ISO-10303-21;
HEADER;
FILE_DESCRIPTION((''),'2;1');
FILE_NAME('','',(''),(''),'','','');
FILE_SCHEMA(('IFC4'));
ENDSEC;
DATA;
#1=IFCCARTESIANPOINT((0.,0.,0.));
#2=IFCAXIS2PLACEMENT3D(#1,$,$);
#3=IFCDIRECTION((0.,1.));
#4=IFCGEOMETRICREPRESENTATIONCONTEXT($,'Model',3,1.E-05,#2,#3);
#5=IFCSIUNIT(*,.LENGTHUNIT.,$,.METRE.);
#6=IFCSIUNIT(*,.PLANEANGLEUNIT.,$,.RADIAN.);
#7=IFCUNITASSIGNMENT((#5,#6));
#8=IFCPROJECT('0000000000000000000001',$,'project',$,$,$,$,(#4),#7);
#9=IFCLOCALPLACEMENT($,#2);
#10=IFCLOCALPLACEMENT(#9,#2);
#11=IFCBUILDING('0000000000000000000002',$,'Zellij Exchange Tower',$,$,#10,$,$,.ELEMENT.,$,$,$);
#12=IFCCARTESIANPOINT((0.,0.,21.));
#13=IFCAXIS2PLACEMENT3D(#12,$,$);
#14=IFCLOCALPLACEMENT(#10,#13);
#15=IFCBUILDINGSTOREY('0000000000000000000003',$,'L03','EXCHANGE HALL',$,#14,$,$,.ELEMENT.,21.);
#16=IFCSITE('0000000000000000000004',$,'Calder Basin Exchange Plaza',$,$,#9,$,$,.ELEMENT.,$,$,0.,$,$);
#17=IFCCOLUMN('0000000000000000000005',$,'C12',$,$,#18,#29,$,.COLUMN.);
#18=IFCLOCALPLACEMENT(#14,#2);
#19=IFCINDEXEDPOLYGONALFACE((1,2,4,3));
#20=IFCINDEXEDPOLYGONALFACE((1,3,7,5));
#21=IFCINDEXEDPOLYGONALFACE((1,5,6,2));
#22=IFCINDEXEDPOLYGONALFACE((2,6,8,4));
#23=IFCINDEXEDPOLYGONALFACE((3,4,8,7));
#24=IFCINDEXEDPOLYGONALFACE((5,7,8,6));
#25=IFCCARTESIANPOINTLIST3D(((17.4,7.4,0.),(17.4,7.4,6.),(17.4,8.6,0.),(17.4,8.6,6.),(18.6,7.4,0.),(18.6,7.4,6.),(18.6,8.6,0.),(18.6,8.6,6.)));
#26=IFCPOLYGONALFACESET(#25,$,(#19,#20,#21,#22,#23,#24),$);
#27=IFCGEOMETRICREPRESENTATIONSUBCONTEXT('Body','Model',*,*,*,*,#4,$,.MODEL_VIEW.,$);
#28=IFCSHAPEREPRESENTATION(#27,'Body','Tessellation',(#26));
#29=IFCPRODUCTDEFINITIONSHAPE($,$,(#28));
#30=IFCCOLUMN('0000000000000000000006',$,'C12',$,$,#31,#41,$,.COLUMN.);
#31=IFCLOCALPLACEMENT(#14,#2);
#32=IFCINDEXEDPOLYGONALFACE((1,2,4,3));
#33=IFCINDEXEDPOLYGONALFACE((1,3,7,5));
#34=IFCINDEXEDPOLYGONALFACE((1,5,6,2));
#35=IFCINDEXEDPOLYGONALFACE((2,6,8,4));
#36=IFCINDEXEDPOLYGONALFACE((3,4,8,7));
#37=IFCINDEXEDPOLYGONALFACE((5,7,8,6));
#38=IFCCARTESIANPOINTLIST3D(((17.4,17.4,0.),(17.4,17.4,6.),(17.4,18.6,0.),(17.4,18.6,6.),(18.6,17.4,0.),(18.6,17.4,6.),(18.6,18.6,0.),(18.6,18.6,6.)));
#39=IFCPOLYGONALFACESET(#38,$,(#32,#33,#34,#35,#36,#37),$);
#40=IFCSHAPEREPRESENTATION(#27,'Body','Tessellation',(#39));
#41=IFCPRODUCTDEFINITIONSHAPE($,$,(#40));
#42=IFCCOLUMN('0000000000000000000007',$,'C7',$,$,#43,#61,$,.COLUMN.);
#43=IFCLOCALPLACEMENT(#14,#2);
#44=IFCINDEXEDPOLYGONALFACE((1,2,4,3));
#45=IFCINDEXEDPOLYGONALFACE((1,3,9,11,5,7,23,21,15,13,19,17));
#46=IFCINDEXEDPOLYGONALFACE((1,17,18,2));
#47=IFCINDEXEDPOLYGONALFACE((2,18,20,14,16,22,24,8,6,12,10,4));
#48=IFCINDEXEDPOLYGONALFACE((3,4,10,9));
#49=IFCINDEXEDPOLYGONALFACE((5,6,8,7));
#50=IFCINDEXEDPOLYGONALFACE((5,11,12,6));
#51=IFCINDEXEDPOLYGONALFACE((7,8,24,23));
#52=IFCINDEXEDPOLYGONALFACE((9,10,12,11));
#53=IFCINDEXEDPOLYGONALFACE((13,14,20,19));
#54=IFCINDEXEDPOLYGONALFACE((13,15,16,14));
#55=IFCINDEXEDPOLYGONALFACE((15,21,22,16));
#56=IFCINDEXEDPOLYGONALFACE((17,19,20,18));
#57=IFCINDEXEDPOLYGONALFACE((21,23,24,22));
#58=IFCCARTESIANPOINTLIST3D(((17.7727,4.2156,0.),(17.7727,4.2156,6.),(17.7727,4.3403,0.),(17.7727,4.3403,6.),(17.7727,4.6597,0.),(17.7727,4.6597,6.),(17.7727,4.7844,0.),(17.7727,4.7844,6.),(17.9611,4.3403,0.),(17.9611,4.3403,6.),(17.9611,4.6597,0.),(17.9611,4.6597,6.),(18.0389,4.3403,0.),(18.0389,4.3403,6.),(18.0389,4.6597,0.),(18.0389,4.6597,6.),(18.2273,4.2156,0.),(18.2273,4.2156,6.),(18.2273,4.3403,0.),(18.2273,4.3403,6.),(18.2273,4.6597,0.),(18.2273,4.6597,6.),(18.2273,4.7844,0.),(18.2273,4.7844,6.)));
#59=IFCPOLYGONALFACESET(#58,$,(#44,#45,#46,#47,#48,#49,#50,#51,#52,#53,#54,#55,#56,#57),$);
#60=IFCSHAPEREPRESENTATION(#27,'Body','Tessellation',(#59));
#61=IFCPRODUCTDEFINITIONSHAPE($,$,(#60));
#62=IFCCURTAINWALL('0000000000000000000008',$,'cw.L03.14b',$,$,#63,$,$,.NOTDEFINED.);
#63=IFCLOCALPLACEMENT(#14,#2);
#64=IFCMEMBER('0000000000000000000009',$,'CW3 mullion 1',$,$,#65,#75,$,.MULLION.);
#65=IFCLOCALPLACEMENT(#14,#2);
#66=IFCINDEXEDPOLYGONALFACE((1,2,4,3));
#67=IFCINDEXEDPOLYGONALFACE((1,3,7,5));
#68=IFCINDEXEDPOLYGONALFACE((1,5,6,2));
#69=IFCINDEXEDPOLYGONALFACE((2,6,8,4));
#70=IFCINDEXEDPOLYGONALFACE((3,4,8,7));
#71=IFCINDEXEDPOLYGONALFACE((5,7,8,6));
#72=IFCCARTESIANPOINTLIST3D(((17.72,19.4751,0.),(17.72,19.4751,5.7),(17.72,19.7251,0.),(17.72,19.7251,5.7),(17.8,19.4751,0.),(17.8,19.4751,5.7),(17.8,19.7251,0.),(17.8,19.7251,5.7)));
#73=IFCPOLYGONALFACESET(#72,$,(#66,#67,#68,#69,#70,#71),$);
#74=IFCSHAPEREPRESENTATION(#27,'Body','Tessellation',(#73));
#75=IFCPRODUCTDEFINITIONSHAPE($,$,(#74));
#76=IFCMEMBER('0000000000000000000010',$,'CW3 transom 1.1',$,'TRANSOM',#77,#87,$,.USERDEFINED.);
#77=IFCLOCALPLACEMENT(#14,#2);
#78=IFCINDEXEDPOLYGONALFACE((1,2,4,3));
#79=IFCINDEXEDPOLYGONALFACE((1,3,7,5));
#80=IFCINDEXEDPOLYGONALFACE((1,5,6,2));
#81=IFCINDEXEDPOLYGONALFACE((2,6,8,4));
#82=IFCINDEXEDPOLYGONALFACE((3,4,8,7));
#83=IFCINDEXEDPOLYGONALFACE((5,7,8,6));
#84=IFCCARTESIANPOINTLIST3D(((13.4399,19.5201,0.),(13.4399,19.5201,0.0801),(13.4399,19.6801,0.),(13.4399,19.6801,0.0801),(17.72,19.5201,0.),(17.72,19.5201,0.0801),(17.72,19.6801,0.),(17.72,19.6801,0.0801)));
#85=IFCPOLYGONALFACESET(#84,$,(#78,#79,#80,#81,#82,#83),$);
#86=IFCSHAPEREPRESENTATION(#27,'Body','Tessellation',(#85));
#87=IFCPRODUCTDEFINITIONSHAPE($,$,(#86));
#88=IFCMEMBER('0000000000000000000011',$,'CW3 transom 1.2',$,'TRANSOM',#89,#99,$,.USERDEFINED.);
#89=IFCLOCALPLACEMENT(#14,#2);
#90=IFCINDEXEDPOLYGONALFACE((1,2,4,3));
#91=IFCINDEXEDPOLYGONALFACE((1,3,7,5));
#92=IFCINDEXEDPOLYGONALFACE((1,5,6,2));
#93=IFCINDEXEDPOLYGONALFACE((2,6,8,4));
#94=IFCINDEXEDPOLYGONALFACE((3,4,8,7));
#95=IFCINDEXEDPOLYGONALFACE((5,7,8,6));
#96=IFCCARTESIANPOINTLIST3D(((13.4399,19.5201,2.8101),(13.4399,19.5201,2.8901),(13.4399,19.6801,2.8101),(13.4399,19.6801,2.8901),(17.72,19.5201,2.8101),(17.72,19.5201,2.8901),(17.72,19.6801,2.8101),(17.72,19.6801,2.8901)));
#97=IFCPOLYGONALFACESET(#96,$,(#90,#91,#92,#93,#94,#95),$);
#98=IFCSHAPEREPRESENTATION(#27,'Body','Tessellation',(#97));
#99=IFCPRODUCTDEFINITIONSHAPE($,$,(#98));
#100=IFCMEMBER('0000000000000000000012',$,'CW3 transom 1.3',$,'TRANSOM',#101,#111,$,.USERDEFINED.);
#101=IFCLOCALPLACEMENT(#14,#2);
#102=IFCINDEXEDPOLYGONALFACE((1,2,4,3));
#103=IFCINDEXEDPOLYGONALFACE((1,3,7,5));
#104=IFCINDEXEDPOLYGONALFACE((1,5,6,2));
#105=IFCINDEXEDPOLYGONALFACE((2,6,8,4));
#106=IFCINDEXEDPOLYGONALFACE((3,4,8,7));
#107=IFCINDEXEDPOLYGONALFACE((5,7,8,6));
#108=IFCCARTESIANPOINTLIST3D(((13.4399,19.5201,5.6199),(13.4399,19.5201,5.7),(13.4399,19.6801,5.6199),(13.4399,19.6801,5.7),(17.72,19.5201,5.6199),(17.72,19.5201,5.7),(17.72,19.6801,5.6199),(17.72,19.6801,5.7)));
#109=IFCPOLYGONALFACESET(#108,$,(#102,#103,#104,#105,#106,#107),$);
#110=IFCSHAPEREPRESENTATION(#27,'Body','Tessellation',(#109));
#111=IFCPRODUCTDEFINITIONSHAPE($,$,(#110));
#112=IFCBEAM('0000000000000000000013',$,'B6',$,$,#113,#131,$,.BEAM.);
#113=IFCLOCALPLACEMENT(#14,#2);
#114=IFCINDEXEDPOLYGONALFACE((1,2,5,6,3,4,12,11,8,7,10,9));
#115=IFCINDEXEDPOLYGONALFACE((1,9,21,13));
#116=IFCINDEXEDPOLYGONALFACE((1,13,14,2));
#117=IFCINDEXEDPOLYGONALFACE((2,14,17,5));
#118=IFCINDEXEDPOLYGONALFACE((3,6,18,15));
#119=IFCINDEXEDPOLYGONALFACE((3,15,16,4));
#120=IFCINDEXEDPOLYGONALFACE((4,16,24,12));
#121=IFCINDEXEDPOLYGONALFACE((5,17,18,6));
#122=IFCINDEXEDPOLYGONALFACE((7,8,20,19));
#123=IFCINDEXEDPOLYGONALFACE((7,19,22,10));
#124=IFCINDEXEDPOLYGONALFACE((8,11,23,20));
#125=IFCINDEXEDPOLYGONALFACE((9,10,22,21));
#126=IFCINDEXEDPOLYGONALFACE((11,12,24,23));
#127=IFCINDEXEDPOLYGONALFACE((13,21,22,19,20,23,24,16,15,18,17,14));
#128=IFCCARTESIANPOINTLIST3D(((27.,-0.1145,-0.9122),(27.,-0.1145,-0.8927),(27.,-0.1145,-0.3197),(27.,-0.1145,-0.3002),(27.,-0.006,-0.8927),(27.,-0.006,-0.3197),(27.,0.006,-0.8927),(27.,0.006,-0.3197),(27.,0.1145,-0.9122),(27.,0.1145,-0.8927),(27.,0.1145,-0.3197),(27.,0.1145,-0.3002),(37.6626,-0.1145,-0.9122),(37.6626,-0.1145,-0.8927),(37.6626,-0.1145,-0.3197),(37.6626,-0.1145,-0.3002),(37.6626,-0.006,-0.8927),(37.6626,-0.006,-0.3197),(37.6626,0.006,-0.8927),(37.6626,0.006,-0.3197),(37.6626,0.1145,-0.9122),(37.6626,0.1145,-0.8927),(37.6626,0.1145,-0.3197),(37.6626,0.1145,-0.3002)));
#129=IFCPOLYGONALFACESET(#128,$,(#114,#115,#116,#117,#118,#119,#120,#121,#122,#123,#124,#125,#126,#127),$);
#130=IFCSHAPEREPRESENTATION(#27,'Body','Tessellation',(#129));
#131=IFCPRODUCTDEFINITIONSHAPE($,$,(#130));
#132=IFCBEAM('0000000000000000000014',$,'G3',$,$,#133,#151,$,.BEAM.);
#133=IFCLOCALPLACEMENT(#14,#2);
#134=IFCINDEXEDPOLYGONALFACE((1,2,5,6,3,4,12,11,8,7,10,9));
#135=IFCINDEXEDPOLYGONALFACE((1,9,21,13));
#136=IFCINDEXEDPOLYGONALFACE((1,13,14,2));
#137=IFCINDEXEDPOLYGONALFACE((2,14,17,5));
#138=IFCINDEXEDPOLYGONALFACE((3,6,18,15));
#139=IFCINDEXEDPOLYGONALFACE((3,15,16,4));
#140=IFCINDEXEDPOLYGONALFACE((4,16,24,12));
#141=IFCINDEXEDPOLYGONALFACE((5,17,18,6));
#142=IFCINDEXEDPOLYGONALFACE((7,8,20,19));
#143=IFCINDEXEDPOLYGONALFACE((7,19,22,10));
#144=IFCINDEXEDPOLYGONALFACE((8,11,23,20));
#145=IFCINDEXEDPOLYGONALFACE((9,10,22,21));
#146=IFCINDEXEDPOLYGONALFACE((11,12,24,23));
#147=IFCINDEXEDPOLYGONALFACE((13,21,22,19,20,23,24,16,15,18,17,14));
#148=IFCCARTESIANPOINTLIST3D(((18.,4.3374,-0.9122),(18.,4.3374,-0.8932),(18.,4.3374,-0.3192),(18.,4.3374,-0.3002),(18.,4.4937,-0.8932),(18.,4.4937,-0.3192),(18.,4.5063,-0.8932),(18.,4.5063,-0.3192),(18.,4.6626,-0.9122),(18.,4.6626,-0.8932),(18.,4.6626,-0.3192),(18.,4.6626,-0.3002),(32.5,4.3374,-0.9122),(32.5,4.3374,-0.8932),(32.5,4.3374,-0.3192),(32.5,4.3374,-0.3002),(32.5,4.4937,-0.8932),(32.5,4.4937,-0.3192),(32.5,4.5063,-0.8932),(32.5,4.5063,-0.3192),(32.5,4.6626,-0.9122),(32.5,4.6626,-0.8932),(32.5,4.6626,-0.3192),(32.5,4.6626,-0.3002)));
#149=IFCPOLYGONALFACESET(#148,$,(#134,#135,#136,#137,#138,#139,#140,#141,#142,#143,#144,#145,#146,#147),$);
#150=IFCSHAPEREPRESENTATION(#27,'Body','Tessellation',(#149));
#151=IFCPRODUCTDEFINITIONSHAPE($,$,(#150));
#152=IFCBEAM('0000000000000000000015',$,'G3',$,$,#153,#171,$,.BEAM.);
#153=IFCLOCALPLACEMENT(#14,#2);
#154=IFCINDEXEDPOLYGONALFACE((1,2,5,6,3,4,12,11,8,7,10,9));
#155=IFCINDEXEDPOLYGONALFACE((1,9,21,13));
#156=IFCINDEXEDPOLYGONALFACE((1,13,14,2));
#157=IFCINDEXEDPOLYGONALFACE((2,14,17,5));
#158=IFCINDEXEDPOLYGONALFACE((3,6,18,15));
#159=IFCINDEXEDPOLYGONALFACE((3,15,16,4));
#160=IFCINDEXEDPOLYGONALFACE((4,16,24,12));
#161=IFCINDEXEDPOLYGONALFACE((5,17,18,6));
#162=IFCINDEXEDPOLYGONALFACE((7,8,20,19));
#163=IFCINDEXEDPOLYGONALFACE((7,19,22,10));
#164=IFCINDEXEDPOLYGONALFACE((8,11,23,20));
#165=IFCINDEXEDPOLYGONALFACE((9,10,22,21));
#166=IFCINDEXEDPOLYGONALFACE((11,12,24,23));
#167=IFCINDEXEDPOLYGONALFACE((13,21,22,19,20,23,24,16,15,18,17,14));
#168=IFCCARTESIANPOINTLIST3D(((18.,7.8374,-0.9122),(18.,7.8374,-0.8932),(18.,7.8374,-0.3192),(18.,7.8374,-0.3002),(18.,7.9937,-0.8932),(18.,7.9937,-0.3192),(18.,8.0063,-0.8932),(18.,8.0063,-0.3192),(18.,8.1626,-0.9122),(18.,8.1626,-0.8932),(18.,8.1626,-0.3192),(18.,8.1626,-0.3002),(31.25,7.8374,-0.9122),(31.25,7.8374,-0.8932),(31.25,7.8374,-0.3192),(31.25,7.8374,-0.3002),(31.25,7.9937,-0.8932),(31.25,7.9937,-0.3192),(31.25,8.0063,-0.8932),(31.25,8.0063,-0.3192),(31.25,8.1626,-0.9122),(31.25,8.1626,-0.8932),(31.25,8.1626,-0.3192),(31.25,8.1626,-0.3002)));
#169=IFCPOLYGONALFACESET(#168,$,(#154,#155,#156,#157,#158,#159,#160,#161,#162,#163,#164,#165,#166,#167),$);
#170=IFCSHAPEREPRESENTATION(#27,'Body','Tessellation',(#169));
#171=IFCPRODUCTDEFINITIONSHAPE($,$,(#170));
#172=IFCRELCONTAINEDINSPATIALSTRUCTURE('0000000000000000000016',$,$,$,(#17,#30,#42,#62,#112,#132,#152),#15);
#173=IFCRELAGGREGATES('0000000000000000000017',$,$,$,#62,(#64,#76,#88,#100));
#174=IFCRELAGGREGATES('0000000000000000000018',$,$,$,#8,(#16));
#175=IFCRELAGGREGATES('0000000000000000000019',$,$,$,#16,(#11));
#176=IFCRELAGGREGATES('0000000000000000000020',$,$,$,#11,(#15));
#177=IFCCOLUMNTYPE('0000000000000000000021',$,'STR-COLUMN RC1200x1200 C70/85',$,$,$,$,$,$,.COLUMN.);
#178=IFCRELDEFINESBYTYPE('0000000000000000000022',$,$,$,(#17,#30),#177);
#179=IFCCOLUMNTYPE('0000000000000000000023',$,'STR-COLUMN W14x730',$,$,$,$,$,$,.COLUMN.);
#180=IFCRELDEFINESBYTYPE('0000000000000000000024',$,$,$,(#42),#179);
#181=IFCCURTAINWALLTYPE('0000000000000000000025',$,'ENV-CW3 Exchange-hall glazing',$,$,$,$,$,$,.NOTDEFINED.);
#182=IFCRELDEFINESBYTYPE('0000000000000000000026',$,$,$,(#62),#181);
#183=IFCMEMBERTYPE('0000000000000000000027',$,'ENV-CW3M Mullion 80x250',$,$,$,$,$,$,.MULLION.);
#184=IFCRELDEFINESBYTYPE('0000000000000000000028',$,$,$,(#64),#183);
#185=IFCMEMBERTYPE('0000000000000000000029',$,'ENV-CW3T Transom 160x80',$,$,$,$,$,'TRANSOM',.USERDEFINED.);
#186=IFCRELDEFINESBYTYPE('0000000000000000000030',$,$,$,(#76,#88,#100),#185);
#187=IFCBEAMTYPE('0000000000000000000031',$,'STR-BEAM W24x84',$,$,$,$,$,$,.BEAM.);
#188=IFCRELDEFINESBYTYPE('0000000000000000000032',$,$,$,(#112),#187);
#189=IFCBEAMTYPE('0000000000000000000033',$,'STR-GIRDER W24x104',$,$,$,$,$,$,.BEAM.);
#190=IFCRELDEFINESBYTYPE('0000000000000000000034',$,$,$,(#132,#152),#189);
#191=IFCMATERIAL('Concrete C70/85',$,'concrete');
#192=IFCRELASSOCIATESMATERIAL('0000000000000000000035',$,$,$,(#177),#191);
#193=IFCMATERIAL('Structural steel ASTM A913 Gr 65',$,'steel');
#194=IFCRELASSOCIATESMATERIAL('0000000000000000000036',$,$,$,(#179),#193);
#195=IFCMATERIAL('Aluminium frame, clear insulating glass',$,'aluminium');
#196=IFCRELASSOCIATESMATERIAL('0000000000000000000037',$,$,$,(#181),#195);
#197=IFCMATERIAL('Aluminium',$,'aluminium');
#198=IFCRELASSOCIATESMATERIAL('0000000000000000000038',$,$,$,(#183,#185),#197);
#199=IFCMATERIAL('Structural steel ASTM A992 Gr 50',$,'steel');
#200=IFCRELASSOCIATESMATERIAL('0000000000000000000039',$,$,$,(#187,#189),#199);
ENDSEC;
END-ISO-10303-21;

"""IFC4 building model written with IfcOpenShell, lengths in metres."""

from ifc_helpers import new_model, si_unit, direction, frame, origin, origin_2d, place, context, subcontext, project, spatial, rectangle, i_section, extrude, material, material_profile, profile_set, type_object, element, aggregate, save


model = new_model("IFC4")

# Units and contexts
model_context = context("Model", 3, precision=1e-05, world=origin(), true_north=direction((0.0, 1.0)))
body_context = subcontext(model_context, "Body", "Model", "MODEL_VIEW")
ifc_project = project(units=[si_unit("LENGTHUNIT", "METRE"), si_unit("PLANEANGLEUNIT", "RADIAN")], contexts=[model_context])

# Site, building, storey
site_placement = place(None, origin())
site = spatial("IfcSite", under=ifc_project, at=site_placement, Name="Calder Basin Exchange Plaza", CompositionType="ELEMENT", RefElevation=0.0)
building_placement = place(site_placement, origin())
building = spatial("IfcBuilding", under=site, at=building_placement, Name="Zellij Exchange Tower", CompositionType="ELEMENT")
storey_placement = place(building_placement, frame((0.0, 0.0, 21.0)))
storey = spatial("IfcBuildingStorey", under=building, at=storey_placement, Name="L03", Description="EXCHANGE HALL", CompositionType="ELEMENT", Elevation=21.0)

# Columns
ifc_material_1 = material(Name="Concrete C70/85", Category="concrete")
ifc_material_profile_1 = material_profile(ifc_material_1, rectangle(XDim=1.2, YDim=1.2, at=origin_2d()), Name="STR-COLUMN RC1200x1200 C70/85")
ifc_profile_set_1 = profile_set([ifc_material_profile_1], Name="Concrete C70/85")
column_type_1 = type_object("IfcColumnType", Name="STR-COLUMN RC1200x1200 C70/85", PredefinedType="COLUMN", material=ifc_profile_set_1)
for number, where, z_axis, x_axis, name in (
    (1, (18.0, 8.0, 0.0), (0.0, 0.0, 1.0), (1.0, 0.0, 0.0), "C12"),
    (2, (18.0, 18.0, 0.0), (0.0, 0.0, 1.0), (1.0, 0.0, 0.0), "C12"),
):
    element("IfcColumn", number, at=place(storey_placement, frame(where, z_axis=z_axis, x_axis=x_axis)), inside=storey, type_object=column_type_1, Name=name, PredefinedType="COLUMN", context=body_context, shape_type="SweptSolid", body=[
        extrude(rectangle(XDim=1.2, YDim=1.2, at=origin_2d()), origin(), (0.0, 0.0, 1.0), 6.0),
    ])
ifc_material_2 = material(Name="Structural steel ASTM A913 Gr 65", Category="steel")
ifc_material_profile_2 = material_profile(ifc_material_2, i_section(OverallWidth=0.4546, OverallDepth=0.5688, WebThickness=0.0779, FlangeThickness=0.1248, at=origin_2d()), Name="W14x730")
ifc_profile_set_2 = profile_set([ifc_material_profile_2], Name="Structural steel ASTM A913 Gr 65")
column_type_2 = type_object("IfcColumnType", Name="STR-COLUMN W14x730", PredefinedType="COLUMN", material=ifc_profile_set_2)
column_placement = place(storey_placement, frame((18.0, 4.5, 0.0), z_axis=(0.0, 0.0, 1.0), x_axis=(1.0, 0.0, 0.0)))
element("IfcColumn", 3, at=column_placement, inside=storey, type_object=column_type_2, Name="C7", PredefinedType="COLUMN", context=body_context, shape_type="SweptSolid", body=[
    extrude(i_section(OverallWidth=0.4546, OverallDepth=0.5688, WebThickness=0.0779, FlangeThickness=0.1248, at=origin_2d()), origin(), (0.0, 0.0, 1.0), 6.0),
])

# Curtain wall, members
ifc_material_3 = material(Name="Aluminium frame, clear insulating glass", Category="aluminium")
curtain_wall_type = type_object("IfcCurtainWallType", Name="ENV-CW3 Exchange-hall glazing", PredefinedType="NOTDEFINED", material=ifc_material_3)
curtain_wall_placement = place(storey_placement, origin())
curtain_wall = element("IfcCurtainWall", 4, at=curtain_wall_placement, inside=storey, type_object=curtain_wall_type, Name="cw.L03.14b", PredefinedType="NOTDEFINED")
ifc_material_4 = material(Name="Aluminium", Category="aluminium")
ifc_material_profile_3 = material_profile(ifc_material_4, rectangle(XDim=0.0801, YDim=0.25, at=origin_2d()), Name="AL 80x250")
ifc_profile_set_3 = profile_set([ifc_material_profile_3], Name="Aluminium")
member_type_1 = type_object("IfcMemberType", Name="ENV-CW3M Mullion 80x250", PredefinedType="MULLION", material=ifc_profile_set_3)
member_1_placement = place(storey_placement, frame((17.76, 19.6001, 0.0), z_axis=(0.0, 0.0, 1.0), x_axis=(-1.0, 0.0, 0.0)))
member_1 = element("IfcMember", 5, at=member_1_placement, type_object=member_type_1, Name="CW3 mullion 1", PredefinedType="MULLION", context=body_context, shape_type="SweptSolid", body=[
    extrude(rectangle(XDim=0.0801, YDim=0.25, at=origin_2d()), origin(), (0.0, 0.0, 1.0), 5.7),
])
ifc_material_profile_4 = material_profile(ifc_material_4, rectangle(XDim=0.1599, YDim=0.0801, at=origin_2d()), Name="AL 160x80")
ifc_profile_set_4 = profile_set([ifc_material_profile_4], Name="Aluminium")
member_type_2 = type_object("IfcMemberType", Name="ENV-CW3T Transom 160x80", ElementType="TRANSOM", PredefinedType="USERDEFINED", material=ifc_profile_set_4)
member_2_placement = place(storey_placement, frame((17.72, 19.6001, 0.04), z_axis=(-1.0, 0.0, 0.0), x_axis=(0.0, -1.0, 0.0)))
member_2 = element("IfcMember", 6, at=member_2_placement, type_object=member_type_2, Name="CW3 transom 1.1", ObjectType="TRANSOM", PredefinedType="USERDEFINED", context=body_context, shape_type="SweptSolid", body=[
    extrude(rectangle(XDim=0.1599, YDim=0.0801, at=origin_2d()), origin(), (0.0, 0.0, 1.0), 4.28),
])
member_3_placement = place(storey_placement, frame((17.72, 19.6001, 2.8501), z_axis=(-1.0, 0.0, 0.0), x_axis=(0.0, -1.0, 0.0)))
member_3 = element("IfcMember", 7, at=member_3_placement, type_object=member_type_2, Name="CW3 transom 1.2", ObjectType="TRANSOM", PredefinedType="USERDEFINED", context=body_context, shape_type="SweptSolid", body=[
    extrude(rectangle(XDim=0.1599, YDim=0.0801, at=origin_2d()), origin(), (0.0, 0.0, 1.0), 4.28),
])
member_4_placement = place(storey_placement, frame((17.72, 19.6001, 5.6599), z_axis=(-1.0, 0.0, 0.0), x_axis=(0.0, -1.0, 0.0)))
member_4 = element("IfcMember", 8, at=member_4_placement, type_object=member_type_2, Name="CW3 transom 1.3", ObjectType="TRANSOM", PredefinedType="USERDEFINED", context=body_context, shape_type="SweptSolid", body=[
    extrude(rectangle(XDim=0.1599, YDim=0.0801, at=origin_2d()), origin(), (0.0, 0.0, 1.0), 4.28),
])

# Beams
ifc_material_5 = material(Name="Structural steel ASTM A992 Gr 50", Category="steel")
ifc_material_profile_5 = material_profile(ifc_material_5, i_section(OverallWidth=0.229, OverallDepth=0.6121, WebThickness=0.012, FlangeThickness=0.0195, at=origin_2d()), Name="W24x84")
ifc_profile_set_5 = profile_set([ifc_material_profile_5], Name="Structural steel ASTM A992 Gr 50")
beam_type_1 = type_object("IfcBeamType", Name="STR-BEAM W24x84", PredefinedType="BEAM", material=ifc_profile_set_5)
beam_1_placement = place(storey_placement, frame((27.0, 0.0, -0.6062), z_axis=(1.0, 0.0, 0.0), x_axis=(0.0, 1.0, 0.0)))
element("IfcBeam", 9, at=beam_1_placement, inside=storey, type_object=beam_type_1, Name="B6", PredefinedType="BEAM", context=body_context, shape_type="SweptSolid", body=[
    extrude(i_section(OverallWidth=0.229, OverallDepth=0.6121, WebThickness=0.012, FlangeThickness=0.0195, at=origin_2d()), origin(), (0.0, 0.0, 1.0), 10.6626),
])
ifc_material_profile_6 = material_profile(ifc_material_5, i_section(OverallWidth=0.3252, OverallDepth=0.6121, WebThickness=0.0127, FlangeThickness=0.019, at=origin_2d()), Name="W24x104")
ifc_profile_set_6 = profile_set([ifc_material_profile_6], Name="Structural steel ASTM A992 Gr 50")
beam_type_2 = type_object("IfcBeamType", Name="STR-GIRDER W24x104", PredefinedType="BEAM", material=ifc_profile_set_6)
beam_2_placement = place(storey_placement, frame((18.0, 4.5, -0.6062), z_axis=(1.0, 0.0, 0.0), x_axis=(0.0, 1.0, 0.0)))
element("IfcBeam", 10, at=beam_2_placement, inside=storey, type_object=beam_type_2, Name="G3", PredefinedType="BEAM", context=body_context, shape_type="SweptSolid", body=[
    extrude(i_section(OverallWidth=0.3252, OverallDepth=0.6121, WebThickness=0.0127, FlangeThickness=0.019, at=origin_2d()), origin(), (0.0, 0.0, 1.0), 14.5),
])
beam_3_placement = place(storey_placement, frame((18.0, 8.0, -0.6062), z_axis=(1.0, 0.0, 0.0), x_axis=(0.0, 1.0, 0.0)))
element("IfcBeam", 11, at=beam_3_placement, inside=storey, type_object=beam_type_2, Name="G3", PredefinedType="BEAM", context=body_context, shape_type="SweptSolid", body=[
    extrude(i_section(OverallWidth=0.3252, OverallDepth=0.6121, WebThickness=0.0127, FlangeThickness=0.019, at=origin_2d()), origin(), (0.0, 0.0, 1.0), 13.25),
])

aggregate(curtain_wall, [member_1, member_2, member_3, member_4])

save(model, "model.ifc")
